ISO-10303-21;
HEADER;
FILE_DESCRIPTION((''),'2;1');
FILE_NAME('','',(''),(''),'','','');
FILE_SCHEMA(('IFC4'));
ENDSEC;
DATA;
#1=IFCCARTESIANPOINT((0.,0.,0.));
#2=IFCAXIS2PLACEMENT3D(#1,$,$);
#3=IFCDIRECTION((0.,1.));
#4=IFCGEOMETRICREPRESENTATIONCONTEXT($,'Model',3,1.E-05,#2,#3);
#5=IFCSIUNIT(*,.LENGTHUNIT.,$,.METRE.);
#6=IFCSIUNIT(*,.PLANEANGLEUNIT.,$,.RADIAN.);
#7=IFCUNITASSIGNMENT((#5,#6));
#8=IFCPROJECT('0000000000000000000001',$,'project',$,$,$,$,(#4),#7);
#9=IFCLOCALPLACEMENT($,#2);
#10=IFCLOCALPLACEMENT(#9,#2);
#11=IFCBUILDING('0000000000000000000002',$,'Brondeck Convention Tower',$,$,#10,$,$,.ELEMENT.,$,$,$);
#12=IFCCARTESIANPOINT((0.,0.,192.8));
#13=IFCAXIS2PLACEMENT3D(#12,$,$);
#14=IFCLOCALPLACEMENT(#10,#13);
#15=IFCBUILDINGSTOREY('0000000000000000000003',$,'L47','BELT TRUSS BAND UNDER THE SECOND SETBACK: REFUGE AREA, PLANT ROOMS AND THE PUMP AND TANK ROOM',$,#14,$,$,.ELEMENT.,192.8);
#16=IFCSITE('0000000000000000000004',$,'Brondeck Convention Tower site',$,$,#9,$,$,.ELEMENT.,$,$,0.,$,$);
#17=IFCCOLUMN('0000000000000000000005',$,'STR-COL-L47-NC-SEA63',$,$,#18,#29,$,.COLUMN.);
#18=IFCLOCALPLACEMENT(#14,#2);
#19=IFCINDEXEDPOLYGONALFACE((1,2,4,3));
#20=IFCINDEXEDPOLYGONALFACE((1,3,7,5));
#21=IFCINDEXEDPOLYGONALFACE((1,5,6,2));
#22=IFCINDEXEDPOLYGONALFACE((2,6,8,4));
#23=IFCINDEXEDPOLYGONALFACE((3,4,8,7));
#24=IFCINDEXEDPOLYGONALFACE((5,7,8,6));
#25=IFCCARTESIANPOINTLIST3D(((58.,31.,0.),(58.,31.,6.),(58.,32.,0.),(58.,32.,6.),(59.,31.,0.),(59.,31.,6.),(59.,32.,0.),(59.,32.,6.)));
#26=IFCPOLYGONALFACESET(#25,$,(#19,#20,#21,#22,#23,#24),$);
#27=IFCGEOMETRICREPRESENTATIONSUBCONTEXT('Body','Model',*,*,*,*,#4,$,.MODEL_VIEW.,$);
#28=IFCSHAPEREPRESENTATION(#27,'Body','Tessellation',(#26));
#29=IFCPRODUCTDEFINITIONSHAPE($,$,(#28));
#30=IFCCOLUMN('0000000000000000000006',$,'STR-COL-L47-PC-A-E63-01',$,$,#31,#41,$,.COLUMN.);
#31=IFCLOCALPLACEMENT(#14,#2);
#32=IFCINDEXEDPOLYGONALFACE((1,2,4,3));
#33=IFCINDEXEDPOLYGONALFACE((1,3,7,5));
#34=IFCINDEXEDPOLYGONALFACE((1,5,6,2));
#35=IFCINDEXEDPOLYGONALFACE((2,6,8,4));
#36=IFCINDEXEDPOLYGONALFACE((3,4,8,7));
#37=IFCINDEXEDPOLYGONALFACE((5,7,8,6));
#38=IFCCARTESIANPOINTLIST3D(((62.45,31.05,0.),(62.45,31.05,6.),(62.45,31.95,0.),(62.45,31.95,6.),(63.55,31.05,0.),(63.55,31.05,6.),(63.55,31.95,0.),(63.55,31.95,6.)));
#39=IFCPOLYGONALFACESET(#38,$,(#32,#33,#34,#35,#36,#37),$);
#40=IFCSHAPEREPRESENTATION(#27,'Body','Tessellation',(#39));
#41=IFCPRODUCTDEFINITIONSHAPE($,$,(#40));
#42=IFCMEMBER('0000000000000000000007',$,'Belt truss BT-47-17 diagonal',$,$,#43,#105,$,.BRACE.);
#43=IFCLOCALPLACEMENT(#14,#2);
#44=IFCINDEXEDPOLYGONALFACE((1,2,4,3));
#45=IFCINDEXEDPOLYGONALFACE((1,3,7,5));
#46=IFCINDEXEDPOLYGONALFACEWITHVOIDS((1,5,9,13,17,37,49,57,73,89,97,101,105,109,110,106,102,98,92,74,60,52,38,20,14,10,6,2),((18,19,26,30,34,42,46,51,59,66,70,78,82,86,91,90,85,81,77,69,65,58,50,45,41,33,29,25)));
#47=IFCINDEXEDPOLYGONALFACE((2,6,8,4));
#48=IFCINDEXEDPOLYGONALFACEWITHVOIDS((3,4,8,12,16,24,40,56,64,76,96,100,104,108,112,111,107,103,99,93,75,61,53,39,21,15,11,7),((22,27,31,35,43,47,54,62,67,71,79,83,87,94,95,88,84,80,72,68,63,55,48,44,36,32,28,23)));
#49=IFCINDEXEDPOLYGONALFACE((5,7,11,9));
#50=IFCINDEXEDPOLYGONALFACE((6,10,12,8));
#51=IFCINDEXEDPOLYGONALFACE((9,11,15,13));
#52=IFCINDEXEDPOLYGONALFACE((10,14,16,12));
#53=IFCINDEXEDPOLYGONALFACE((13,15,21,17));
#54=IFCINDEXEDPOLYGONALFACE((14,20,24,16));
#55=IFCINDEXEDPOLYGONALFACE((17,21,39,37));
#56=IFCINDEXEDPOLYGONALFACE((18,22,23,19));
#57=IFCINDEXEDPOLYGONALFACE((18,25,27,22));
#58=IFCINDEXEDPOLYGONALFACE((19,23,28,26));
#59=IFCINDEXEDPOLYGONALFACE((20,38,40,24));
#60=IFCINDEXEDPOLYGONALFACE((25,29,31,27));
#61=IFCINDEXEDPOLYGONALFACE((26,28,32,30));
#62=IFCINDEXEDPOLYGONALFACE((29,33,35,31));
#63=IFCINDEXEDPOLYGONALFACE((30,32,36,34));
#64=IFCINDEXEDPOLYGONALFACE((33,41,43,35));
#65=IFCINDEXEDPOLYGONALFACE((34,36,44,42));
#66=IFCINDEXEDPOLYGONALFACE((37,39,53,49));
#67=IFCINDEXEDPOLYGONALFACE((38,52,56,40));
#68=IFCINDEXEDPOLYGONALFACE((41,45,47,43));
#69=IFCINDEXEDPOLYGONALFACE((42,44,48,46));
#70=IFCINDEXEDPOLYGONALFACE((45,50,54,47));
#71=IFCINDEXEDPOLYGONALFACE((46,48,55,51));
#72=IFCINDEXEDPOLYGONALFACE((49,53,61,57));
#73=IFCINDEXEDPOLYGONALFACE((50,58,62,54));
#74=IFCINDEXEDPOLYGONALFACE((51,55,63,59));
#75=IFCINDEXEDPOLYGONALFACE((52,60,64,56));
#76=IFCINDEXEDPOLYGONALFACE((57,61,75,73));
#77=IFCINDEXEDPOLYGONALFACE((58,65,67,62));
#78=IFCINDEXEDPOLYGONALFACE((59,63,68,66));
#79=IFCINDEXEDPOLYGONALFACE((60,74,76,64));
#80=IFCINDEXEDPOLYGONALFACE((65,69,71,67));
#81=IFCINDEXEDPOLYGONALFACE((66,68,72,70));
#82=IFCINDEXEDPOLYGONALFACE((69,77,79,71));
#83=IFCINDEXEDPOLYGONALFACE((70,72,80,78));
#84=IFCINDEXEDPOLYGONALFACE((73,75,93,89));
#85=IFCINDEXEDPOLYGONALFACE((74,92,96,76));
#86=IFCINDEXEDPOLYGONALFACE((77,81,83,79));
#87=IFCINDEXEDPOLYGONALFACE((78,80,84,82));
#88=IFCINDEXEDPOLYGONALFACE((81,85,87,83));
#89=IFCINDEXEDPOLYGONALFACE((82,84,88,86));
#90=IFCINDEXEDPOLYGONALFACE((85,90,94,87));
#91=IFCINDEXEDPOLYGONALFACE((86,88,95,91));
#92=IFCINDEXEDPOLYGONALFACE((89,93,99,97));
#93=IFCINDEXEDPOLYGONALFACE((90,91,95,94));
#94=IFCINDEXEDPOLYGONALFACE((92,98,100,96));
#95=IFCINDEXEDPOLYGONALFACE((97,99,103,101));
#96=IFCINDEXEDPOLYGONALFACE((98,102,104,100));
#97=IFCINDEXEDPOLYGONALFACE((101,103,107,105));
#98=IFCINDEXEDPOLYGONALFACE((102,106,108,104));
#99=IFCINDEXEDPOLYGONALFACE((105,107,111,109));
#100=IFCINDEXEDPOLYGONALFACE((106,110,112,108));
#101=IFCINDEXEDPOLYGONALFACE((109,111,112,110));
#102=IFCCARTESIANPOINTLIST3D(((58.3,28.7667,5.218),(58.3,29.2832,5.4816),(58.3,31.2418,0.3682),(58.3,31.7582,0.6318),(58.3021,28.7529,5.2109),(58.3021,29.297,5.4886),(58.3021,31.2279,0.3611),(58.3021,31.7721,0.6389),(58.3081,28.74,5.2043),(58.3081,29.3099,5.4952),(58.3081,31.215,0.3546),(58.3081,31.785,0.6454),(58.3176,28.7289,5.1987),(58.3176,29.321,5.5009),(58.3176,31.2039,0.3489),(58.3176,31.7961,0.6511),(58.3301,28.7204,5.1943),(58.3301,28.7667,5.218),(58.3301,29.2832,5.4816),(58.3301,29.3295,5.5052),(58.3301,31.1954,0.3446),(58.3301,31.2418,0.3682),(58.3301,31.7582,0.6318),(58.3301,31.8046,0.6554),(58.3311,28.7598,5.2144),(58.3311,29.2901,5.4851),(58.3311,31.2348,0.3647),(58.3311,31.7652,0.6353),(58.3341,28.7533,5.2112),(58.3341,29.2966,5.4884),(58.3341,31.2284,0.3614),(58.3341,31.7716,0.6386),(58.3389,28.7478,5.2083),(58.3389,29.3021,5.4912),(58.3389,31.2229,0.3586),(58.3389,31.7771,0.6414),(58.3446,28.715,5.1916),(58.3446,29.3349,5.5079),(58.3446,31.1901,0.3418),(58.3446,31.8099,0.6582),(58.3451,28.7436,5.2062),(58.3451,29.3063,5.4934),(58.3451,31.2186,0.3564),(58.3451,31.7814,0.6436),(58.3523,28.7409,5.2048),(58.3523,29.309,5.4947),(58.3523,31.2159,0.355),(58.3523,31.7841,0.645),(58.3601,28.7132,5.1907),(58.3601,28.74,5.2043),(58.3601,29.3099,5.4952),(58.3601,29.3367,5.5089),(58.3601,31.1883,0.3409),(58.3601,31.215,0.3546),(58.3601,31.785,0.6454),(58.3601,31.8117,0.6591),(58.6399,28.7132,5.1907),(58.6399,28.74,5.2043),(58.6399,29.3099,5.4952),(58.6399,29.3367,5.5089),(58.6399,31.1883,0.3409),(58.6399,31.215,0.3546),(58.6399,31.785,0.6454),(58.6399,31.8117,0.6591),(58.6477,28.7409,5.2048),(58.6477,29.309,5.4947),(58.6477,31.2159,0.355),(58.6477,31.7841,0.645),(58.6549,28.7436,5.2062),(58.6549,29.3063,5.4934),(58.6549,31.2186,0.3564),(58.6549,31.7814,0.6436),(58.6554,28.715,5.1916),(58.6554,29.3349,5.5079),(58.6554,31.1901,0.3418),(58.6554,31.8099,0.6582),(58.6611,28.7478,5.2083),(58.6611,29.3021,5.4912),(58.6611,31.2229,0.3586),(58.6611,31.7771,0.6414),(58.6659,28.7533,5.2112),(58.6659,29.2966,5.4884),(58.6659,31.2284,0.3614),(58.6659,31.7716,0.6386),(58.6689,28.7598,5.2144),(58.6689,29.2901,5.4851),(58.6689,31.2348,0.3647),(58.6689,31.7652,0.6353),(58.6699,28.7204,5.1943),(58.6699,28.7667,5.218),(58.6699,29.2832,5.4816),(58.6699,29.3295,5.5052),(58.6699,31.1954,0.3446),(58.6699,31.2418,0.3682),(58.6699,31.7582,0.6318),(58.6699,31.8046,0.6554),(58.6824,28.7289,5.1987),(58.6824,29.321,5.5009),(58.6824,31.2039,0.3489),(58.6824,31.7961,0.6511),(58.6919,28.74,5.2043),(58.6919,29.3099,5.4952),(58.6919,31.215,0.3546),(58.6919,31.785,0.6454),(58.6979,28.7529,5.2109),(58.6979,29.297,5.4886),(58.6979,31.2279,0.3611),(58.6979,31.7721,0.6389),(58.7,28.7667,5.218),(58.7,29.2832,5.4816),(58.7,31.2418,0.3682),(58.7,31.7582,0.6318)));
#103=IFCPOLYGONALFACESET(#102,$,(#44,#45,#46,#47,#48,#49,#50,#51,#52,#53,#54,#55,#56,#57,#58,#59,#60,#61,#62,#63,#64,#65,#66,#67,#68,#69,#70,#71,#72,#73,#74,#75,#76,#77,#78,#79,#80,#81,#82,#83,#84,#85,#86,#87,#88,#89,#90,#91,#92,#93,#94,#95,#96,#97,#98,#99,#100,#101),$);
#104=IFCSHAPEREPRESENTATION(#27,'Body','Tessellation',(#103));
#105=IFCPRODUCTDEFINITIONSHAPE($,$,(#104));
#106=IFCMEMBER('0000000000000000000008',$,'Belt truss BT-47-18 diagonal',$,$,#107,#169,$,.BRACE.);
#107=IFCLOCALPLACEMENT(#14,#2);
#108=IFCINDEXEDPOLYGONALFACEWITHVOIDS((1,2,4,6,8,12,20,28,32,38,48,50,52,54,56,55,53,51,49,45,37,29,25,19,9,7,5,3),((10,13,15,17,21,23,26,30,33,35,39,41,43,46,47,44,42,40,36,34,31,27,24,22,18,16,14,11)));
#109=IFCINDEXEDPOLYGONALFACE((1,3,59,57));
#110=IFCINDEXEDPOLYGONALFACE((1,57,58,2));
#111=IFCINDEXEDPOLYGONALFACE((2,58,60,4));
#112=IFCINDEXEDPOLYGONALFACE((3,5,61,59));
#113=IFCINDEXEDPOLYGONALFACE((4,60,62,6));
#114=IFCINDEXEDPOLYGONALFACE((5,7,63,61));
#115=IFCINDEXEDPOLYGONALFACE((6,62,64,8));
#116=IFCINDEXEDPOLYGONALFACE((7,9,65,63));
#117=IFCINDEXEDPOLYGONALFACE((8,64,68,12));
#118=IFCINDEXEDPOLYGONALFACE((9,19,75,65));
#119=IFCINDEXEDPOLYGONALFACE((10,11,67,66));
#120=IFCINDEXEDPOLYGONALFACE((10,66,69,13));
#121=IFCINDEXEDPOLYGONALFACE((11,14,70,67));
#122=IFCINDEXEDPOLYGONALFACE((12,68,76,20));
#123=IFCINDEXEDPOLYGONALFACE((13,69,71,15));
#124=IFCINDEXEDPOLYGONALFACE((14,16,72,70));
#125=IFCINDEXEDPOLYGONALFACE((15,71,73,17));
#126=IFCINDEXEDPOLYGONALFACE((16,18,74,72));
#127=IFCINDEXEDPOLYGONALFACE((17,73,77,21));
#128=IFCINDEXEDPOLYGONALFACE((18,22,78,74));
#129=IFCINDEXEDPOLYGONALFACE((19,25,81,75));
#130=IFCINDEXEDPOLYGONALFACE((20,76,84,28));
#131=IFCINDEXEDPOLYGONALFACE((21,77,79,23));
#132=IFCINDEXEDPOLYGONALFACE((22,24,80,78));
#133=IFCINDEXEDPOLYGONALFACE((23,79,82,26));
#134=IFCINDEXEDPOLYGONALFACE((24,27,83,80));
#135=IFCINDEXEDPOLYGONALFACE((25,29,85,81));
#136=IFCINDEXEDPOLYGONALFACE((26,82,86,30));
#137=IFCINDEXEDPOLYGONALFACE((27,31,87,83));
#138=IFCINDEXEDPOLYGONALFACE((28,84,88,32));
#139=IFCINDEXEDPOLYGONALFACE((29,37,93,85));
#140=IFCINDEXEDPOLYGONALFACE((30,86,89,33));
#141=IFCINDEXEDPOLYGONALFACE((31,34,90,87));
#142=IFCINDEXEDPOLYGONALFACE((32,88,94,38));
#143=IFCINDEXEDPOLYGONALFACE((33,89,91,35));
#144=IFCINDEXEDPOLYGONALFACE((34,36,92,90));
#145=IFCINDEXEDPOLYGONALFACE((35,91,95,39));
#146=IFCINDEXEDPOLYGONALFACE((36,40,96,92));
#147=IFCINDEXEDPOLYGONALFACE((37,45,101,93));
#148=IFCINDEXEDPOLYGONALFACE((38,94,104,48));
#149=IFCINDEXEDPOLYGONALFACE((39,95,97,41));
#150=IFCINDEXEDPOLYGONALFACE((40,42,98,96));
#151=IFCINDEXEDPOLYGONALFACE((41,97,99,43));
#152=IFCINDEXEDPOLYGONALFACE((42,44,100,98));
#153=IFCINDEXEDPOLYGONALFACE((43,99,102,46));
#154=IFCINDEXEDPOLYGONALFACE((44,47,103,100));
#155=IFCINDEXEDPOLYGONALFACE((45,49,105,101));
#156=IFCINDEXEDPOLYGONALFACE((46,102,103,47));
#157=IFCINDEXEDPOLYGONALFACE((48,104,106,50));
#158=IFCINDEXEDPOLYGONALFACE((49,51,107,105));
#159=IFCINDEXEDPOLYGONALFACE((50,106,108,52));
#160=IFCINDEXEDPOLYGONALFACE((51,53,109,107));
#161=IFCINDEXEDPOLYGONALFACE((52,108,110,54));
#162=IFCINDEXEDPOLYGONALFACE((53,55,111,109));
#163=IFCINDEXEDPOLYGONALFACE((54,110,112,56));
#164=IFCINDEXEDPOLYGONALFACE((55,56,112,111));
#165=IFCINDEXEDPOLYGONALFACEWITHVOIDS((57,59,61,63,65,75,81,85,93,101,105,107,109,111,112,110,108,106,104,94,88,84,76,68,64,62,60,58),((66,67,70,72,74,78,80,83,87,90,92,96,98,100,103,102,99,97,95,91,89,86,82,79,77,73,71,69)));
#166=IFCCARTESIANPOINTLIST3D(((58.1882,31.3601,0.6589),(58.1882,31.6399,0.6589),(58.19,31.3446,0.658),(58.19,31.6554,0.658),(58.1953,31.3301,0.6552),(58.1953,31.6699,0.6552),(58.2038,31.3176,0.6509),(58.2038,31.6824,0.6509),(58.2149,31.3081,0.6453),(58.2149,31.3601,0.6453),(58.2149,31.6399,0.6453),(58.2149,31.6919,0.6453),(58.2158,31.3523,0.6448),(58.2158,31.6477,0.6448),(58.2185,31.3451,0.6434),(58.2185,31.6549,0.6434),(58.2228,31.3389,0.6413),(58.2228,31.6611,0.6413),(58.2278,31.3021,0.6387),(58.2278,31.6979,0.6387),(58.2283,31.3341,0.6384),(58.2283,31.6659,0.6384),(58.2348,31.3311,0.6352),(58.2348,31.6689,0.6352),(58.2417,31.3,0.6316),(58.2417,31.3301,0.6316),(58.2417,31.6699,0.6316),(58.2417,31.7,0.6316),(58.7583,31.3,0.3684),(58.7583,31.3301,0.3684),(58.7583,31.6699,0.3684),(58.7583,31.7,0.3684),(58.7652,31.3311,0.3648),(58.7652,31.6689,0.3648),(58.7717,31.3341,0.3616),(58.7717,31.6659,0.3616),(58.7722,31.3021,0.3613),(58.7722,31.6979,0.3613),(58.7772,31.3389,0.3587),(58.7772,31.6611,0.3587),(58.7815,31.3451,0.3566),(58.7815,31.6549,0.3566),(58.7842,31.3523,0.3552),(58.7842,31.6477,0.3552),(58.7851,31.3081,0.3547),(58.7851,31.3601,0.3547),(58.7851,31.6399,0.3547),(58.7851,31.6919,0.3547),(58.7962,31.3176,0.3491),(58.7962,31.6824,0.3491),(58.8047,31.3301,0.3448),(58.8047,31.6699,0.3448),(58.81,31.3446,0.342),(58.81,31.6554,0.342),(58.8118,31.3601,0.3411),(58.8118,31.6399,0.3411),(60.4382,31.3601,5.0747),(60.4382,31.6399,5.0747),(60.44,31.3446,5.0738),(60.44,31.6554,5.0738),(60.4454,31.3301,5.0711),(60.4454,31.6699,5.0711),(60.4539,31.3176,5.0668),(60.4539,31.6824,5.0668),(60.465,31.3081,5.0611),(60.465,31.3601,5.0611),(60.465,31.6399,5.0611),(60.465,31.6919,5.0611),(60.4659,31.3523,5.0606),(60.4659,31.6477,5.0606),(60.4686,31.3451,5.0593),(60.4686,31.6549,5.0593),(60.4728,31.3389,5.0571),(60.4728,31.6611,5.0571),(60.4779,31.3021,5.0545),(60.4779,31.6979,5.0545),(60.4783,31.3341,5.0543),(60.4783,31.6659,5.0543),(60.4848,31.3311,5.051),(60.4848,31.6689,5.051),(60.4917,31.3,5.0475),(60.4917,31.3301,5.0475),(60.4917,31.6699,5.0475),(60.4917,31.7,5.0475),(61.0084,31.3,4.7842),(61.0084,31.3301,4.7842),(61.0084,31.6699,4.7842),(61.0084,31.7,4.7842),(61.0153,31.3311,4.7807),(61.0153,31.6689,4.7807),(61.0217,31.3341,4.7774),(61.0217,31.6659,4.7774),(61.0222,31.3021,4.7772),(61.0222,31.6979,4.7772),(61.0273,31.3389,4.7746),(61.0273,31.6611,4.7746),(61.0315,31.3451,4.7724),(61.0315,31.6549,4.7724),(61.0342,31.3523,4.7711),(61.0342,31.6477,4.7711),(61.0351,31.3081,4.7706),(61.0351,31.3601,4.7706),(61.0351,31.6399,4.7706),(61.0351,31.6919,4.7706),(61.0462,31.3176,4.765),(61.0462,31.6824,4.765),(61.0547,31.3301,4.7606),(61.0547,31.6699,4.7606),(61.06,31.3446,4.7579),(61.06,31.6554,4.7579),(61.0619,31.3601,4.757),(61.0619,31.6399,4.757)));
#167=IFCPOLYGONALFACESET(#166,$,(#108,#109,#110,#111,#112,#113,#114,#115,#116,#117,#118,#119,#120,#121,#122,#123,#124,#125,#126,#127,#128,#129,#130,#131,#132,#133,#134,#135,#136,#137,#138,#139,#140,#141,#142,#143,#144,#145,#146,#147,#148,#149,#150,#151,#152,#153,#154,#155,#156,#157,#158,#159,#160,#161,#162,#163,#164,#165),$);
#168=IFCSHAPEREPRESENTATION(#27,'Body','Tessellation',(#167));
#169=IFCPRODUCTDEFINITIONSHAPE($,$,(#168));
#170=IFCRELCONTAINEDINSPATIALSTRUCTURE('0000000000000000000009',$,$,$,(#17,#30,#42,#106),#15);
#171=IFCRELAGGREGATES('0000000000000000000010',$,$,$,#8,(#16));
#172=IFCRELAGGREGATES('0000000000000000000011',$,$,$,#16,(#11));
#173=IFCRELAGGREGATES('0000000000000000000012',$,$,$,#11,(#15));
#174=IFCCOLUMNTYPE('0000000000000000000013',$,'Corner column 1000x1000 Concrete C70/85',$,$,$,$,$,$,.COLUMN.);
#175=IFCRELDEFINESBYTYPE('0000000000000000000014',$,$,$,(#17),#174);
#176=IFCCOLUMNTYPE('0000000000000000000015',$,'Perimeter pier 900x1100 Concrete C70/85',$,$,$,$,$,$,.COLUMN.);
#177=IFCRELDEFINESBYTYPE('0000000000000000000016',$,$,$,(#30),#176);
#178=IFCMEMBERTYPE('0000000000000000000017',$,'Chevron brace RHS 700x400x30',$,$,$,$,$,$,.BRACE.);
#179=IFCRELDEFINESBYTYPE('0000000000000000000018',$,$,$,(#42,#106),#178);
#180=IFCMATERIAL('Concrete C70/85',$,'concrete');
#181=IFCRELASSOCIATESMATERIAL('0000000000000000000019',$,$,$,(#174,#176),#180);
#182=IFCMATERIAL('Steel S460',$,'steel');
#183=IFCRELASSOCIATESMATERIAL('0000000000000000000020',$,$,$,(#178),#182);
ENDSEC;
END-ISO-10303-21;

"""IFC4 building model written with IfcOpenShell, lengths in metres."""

from ifc_helpers import new_model, si_unit, direction, frame, origin, origin_2d, place, context, subcontext, project, spatial, rectangle, hollow_rectangle, extrude, material, material_profile, profile_set, type_object, element, save


model = new_model("IFC4")

# Units and contexts
model_context = context("Model", 3, precision=1e-05, world=origin(), true_north=direction((0.0, 1.0)))
body_context = subcontext(model_context, "Body", "Model", "MODEL_VIEW")
ifc_project = project(units=[si_unit("LENGTHUNIT", "METRE"), si_unit("PLANEANGLEUNIT", "RADIAN")], contexts=[model_context])

# Site, building, storey
site_placement = place(None, origin())
site = spatial("IfcSite", under=ifc_project, at=site_placement, Name="Brondeck Convention Tower site", CompositionType="ELEMENT", RefElevation=0.0)
building_placement = place(site_placement, origin())
building = spatial("IfcBuilding", under=site, at=building_placement, Name="Brondeck Convention Tower", CompositionType="ELEMENT")
storey_placement = place(building_placement, frame((0.0, 0.0, 192.8)))
storey = spatial("IfcBuildingStorey", under=building, at=storey_placement, Name="L47", Description="BELT TRUSS BAND UNDER THE SECOND SETBACK: REFUGE AREA, PLANT ROOMS AND THE PUMP AND TANK ROOM", CompositionType="ELEMENT", Elevation=192.8)

# Columns
ifc_material_1 = material(Name="Concrete C70/85", Category="concrete")
ifc_material_profile_1 = material_profile(ifc_material_1, rectangle(XDim=1.0, YDim=1.0, at=origin_2d()), Name="Corner column 1000x1000 Concrete C70/85")
ifc_profile_set_1 = profile_set([ifc_material_profile_1], Name="Concrete C70/85")
column_type_1 = type_object("IfcColumnType", Name="Corner column 1000x1000 Concrete C70/85", PredefinedType="COLUMN", material=ifc_profile_set_1)
column_1_placement = place(storey_placement, frame((58.5, 31.5, 0.0), z_axis=(0.0, 0.0, 1.0), x_axis=(1.0, 0.0, 0.0)))
element("IfcColumn", 1, at=column_1_placement, inside=storey, type_object=column_type_1, Name="STR-COL-L47-NC-SEA63", PredefinedType="COLUMN", context=body_context, shape_type="SweptSolid", body=[
    extrude(rectangle(XDim=1.0, YDim=1.0, at=origin_2d()), origin(), (0.0, 0.0, 1.0), 6.0),
])
ifc_material_profile_2 = material_profile(ifc_material_1, rectangle(XDim=0.8999, YDim=1.1001, at=origin_2d()), Name="Perimeter pier 900x1100 Concrete C70/85")
ifc_profile_set_2 = profile_set([ifc_material_profile_2], Name="Concrete C70/85")
column_type_2 = type_object("IfcColumnType", Name="Perimeter pier 900x1100 Concrete C70/85", PredefinedType="COLUMN", material=ifc_profile_set_2)
column_2_placement = place(storey_placement, frame((63.0, 31.5, 0.0), z_axis=(0.0, 0.0, 1.0), x_axis=(0.0, 1.0, 0.0)))
element("IfcColumn", 2, at=column_2_placement, inside=storey, type_object=column_type_2, Name="STR-COL-L47-PC-A-E63-01", PredefinedType="COLUMN", context=body_context, shape_type="SweptSolid", body=[
    extrude(rectangle(XDim=0.8999, YDim=1.1001, at=origin_2d()), origin(), (0.0, 0.0, 1.0), 6.0),
])

# Members
ifc_material_2 = material(Name="Steel S460", Category="steel")
ifc_material_profile_3 = material_profile(ifc_material_2, hollow_rectangle(XDim=0.3999, YDim=0.7, WallThickness=0.03, InnerFilletRadius=0.03, OuterFilletRadius=0.0601, at=origin_2d()), Name="RHS 700x400x30")
ifc_profile_set_3 = profile_set([ifc_material_profile_3], Name="Steel S460")
member_type_1 = type_object("IfcMemberType", Name="Chevron brace RHS 700x400x30", PredefinedType="BRACE", material=ifc_profile_set_3)
member_1_placement = place(storey_placement, frame((58.5, 31.5, 0.5), z_axis=(0.0, -0.45457, 0.890711), x_axis=(1.0, 0.0, 0.0)))
element("IfcMember", 3, at=member_1_placement, inside=storey, type_object=member_type_1, Name="Belt truss BT-47-17 diagonal", PredefinedType="BRACE", context=body_context, shape_type="SweptSolid", body=[
    extrude(hollow_rectangle(XDim=0.3999, YDim=0.7, WallThickness=0.03, InnerFilletRadius=0.03, OuterFilletRadius=0.0601, at=origin_2d()), origin(), (0.0, 0.0, 1.0), 5.4448),
])
for number, where, z_axis, x_axis, name in (
    (4, (58.5, 31.5, 0.5), (0.453999, 0.0, 0.891002), (0.0, 1.0, 0.0), "Belt truss BT-47-18 diagonal"),
):
    element("IfcMember", number, at=place(storey_placement, frame(where, z_axis=z_axis, x_axis=x_axis)), inside=storey, type_object=member_type_1, Name=name, PredefinedType="BRACE", context=body_context, shape_type="SweptSolid", body=[
        extrude(hollow_rectangle(XDim=0.3999, YDim=0.7, WallThickness=0.03, InnerFilletRadius=0.03, OuterFilletRadius=0.0601, at=origin_2d()), origin(), (0.0, 0.0, 1.0), 4.9561),
    ])

save(model, "model.ifc")
